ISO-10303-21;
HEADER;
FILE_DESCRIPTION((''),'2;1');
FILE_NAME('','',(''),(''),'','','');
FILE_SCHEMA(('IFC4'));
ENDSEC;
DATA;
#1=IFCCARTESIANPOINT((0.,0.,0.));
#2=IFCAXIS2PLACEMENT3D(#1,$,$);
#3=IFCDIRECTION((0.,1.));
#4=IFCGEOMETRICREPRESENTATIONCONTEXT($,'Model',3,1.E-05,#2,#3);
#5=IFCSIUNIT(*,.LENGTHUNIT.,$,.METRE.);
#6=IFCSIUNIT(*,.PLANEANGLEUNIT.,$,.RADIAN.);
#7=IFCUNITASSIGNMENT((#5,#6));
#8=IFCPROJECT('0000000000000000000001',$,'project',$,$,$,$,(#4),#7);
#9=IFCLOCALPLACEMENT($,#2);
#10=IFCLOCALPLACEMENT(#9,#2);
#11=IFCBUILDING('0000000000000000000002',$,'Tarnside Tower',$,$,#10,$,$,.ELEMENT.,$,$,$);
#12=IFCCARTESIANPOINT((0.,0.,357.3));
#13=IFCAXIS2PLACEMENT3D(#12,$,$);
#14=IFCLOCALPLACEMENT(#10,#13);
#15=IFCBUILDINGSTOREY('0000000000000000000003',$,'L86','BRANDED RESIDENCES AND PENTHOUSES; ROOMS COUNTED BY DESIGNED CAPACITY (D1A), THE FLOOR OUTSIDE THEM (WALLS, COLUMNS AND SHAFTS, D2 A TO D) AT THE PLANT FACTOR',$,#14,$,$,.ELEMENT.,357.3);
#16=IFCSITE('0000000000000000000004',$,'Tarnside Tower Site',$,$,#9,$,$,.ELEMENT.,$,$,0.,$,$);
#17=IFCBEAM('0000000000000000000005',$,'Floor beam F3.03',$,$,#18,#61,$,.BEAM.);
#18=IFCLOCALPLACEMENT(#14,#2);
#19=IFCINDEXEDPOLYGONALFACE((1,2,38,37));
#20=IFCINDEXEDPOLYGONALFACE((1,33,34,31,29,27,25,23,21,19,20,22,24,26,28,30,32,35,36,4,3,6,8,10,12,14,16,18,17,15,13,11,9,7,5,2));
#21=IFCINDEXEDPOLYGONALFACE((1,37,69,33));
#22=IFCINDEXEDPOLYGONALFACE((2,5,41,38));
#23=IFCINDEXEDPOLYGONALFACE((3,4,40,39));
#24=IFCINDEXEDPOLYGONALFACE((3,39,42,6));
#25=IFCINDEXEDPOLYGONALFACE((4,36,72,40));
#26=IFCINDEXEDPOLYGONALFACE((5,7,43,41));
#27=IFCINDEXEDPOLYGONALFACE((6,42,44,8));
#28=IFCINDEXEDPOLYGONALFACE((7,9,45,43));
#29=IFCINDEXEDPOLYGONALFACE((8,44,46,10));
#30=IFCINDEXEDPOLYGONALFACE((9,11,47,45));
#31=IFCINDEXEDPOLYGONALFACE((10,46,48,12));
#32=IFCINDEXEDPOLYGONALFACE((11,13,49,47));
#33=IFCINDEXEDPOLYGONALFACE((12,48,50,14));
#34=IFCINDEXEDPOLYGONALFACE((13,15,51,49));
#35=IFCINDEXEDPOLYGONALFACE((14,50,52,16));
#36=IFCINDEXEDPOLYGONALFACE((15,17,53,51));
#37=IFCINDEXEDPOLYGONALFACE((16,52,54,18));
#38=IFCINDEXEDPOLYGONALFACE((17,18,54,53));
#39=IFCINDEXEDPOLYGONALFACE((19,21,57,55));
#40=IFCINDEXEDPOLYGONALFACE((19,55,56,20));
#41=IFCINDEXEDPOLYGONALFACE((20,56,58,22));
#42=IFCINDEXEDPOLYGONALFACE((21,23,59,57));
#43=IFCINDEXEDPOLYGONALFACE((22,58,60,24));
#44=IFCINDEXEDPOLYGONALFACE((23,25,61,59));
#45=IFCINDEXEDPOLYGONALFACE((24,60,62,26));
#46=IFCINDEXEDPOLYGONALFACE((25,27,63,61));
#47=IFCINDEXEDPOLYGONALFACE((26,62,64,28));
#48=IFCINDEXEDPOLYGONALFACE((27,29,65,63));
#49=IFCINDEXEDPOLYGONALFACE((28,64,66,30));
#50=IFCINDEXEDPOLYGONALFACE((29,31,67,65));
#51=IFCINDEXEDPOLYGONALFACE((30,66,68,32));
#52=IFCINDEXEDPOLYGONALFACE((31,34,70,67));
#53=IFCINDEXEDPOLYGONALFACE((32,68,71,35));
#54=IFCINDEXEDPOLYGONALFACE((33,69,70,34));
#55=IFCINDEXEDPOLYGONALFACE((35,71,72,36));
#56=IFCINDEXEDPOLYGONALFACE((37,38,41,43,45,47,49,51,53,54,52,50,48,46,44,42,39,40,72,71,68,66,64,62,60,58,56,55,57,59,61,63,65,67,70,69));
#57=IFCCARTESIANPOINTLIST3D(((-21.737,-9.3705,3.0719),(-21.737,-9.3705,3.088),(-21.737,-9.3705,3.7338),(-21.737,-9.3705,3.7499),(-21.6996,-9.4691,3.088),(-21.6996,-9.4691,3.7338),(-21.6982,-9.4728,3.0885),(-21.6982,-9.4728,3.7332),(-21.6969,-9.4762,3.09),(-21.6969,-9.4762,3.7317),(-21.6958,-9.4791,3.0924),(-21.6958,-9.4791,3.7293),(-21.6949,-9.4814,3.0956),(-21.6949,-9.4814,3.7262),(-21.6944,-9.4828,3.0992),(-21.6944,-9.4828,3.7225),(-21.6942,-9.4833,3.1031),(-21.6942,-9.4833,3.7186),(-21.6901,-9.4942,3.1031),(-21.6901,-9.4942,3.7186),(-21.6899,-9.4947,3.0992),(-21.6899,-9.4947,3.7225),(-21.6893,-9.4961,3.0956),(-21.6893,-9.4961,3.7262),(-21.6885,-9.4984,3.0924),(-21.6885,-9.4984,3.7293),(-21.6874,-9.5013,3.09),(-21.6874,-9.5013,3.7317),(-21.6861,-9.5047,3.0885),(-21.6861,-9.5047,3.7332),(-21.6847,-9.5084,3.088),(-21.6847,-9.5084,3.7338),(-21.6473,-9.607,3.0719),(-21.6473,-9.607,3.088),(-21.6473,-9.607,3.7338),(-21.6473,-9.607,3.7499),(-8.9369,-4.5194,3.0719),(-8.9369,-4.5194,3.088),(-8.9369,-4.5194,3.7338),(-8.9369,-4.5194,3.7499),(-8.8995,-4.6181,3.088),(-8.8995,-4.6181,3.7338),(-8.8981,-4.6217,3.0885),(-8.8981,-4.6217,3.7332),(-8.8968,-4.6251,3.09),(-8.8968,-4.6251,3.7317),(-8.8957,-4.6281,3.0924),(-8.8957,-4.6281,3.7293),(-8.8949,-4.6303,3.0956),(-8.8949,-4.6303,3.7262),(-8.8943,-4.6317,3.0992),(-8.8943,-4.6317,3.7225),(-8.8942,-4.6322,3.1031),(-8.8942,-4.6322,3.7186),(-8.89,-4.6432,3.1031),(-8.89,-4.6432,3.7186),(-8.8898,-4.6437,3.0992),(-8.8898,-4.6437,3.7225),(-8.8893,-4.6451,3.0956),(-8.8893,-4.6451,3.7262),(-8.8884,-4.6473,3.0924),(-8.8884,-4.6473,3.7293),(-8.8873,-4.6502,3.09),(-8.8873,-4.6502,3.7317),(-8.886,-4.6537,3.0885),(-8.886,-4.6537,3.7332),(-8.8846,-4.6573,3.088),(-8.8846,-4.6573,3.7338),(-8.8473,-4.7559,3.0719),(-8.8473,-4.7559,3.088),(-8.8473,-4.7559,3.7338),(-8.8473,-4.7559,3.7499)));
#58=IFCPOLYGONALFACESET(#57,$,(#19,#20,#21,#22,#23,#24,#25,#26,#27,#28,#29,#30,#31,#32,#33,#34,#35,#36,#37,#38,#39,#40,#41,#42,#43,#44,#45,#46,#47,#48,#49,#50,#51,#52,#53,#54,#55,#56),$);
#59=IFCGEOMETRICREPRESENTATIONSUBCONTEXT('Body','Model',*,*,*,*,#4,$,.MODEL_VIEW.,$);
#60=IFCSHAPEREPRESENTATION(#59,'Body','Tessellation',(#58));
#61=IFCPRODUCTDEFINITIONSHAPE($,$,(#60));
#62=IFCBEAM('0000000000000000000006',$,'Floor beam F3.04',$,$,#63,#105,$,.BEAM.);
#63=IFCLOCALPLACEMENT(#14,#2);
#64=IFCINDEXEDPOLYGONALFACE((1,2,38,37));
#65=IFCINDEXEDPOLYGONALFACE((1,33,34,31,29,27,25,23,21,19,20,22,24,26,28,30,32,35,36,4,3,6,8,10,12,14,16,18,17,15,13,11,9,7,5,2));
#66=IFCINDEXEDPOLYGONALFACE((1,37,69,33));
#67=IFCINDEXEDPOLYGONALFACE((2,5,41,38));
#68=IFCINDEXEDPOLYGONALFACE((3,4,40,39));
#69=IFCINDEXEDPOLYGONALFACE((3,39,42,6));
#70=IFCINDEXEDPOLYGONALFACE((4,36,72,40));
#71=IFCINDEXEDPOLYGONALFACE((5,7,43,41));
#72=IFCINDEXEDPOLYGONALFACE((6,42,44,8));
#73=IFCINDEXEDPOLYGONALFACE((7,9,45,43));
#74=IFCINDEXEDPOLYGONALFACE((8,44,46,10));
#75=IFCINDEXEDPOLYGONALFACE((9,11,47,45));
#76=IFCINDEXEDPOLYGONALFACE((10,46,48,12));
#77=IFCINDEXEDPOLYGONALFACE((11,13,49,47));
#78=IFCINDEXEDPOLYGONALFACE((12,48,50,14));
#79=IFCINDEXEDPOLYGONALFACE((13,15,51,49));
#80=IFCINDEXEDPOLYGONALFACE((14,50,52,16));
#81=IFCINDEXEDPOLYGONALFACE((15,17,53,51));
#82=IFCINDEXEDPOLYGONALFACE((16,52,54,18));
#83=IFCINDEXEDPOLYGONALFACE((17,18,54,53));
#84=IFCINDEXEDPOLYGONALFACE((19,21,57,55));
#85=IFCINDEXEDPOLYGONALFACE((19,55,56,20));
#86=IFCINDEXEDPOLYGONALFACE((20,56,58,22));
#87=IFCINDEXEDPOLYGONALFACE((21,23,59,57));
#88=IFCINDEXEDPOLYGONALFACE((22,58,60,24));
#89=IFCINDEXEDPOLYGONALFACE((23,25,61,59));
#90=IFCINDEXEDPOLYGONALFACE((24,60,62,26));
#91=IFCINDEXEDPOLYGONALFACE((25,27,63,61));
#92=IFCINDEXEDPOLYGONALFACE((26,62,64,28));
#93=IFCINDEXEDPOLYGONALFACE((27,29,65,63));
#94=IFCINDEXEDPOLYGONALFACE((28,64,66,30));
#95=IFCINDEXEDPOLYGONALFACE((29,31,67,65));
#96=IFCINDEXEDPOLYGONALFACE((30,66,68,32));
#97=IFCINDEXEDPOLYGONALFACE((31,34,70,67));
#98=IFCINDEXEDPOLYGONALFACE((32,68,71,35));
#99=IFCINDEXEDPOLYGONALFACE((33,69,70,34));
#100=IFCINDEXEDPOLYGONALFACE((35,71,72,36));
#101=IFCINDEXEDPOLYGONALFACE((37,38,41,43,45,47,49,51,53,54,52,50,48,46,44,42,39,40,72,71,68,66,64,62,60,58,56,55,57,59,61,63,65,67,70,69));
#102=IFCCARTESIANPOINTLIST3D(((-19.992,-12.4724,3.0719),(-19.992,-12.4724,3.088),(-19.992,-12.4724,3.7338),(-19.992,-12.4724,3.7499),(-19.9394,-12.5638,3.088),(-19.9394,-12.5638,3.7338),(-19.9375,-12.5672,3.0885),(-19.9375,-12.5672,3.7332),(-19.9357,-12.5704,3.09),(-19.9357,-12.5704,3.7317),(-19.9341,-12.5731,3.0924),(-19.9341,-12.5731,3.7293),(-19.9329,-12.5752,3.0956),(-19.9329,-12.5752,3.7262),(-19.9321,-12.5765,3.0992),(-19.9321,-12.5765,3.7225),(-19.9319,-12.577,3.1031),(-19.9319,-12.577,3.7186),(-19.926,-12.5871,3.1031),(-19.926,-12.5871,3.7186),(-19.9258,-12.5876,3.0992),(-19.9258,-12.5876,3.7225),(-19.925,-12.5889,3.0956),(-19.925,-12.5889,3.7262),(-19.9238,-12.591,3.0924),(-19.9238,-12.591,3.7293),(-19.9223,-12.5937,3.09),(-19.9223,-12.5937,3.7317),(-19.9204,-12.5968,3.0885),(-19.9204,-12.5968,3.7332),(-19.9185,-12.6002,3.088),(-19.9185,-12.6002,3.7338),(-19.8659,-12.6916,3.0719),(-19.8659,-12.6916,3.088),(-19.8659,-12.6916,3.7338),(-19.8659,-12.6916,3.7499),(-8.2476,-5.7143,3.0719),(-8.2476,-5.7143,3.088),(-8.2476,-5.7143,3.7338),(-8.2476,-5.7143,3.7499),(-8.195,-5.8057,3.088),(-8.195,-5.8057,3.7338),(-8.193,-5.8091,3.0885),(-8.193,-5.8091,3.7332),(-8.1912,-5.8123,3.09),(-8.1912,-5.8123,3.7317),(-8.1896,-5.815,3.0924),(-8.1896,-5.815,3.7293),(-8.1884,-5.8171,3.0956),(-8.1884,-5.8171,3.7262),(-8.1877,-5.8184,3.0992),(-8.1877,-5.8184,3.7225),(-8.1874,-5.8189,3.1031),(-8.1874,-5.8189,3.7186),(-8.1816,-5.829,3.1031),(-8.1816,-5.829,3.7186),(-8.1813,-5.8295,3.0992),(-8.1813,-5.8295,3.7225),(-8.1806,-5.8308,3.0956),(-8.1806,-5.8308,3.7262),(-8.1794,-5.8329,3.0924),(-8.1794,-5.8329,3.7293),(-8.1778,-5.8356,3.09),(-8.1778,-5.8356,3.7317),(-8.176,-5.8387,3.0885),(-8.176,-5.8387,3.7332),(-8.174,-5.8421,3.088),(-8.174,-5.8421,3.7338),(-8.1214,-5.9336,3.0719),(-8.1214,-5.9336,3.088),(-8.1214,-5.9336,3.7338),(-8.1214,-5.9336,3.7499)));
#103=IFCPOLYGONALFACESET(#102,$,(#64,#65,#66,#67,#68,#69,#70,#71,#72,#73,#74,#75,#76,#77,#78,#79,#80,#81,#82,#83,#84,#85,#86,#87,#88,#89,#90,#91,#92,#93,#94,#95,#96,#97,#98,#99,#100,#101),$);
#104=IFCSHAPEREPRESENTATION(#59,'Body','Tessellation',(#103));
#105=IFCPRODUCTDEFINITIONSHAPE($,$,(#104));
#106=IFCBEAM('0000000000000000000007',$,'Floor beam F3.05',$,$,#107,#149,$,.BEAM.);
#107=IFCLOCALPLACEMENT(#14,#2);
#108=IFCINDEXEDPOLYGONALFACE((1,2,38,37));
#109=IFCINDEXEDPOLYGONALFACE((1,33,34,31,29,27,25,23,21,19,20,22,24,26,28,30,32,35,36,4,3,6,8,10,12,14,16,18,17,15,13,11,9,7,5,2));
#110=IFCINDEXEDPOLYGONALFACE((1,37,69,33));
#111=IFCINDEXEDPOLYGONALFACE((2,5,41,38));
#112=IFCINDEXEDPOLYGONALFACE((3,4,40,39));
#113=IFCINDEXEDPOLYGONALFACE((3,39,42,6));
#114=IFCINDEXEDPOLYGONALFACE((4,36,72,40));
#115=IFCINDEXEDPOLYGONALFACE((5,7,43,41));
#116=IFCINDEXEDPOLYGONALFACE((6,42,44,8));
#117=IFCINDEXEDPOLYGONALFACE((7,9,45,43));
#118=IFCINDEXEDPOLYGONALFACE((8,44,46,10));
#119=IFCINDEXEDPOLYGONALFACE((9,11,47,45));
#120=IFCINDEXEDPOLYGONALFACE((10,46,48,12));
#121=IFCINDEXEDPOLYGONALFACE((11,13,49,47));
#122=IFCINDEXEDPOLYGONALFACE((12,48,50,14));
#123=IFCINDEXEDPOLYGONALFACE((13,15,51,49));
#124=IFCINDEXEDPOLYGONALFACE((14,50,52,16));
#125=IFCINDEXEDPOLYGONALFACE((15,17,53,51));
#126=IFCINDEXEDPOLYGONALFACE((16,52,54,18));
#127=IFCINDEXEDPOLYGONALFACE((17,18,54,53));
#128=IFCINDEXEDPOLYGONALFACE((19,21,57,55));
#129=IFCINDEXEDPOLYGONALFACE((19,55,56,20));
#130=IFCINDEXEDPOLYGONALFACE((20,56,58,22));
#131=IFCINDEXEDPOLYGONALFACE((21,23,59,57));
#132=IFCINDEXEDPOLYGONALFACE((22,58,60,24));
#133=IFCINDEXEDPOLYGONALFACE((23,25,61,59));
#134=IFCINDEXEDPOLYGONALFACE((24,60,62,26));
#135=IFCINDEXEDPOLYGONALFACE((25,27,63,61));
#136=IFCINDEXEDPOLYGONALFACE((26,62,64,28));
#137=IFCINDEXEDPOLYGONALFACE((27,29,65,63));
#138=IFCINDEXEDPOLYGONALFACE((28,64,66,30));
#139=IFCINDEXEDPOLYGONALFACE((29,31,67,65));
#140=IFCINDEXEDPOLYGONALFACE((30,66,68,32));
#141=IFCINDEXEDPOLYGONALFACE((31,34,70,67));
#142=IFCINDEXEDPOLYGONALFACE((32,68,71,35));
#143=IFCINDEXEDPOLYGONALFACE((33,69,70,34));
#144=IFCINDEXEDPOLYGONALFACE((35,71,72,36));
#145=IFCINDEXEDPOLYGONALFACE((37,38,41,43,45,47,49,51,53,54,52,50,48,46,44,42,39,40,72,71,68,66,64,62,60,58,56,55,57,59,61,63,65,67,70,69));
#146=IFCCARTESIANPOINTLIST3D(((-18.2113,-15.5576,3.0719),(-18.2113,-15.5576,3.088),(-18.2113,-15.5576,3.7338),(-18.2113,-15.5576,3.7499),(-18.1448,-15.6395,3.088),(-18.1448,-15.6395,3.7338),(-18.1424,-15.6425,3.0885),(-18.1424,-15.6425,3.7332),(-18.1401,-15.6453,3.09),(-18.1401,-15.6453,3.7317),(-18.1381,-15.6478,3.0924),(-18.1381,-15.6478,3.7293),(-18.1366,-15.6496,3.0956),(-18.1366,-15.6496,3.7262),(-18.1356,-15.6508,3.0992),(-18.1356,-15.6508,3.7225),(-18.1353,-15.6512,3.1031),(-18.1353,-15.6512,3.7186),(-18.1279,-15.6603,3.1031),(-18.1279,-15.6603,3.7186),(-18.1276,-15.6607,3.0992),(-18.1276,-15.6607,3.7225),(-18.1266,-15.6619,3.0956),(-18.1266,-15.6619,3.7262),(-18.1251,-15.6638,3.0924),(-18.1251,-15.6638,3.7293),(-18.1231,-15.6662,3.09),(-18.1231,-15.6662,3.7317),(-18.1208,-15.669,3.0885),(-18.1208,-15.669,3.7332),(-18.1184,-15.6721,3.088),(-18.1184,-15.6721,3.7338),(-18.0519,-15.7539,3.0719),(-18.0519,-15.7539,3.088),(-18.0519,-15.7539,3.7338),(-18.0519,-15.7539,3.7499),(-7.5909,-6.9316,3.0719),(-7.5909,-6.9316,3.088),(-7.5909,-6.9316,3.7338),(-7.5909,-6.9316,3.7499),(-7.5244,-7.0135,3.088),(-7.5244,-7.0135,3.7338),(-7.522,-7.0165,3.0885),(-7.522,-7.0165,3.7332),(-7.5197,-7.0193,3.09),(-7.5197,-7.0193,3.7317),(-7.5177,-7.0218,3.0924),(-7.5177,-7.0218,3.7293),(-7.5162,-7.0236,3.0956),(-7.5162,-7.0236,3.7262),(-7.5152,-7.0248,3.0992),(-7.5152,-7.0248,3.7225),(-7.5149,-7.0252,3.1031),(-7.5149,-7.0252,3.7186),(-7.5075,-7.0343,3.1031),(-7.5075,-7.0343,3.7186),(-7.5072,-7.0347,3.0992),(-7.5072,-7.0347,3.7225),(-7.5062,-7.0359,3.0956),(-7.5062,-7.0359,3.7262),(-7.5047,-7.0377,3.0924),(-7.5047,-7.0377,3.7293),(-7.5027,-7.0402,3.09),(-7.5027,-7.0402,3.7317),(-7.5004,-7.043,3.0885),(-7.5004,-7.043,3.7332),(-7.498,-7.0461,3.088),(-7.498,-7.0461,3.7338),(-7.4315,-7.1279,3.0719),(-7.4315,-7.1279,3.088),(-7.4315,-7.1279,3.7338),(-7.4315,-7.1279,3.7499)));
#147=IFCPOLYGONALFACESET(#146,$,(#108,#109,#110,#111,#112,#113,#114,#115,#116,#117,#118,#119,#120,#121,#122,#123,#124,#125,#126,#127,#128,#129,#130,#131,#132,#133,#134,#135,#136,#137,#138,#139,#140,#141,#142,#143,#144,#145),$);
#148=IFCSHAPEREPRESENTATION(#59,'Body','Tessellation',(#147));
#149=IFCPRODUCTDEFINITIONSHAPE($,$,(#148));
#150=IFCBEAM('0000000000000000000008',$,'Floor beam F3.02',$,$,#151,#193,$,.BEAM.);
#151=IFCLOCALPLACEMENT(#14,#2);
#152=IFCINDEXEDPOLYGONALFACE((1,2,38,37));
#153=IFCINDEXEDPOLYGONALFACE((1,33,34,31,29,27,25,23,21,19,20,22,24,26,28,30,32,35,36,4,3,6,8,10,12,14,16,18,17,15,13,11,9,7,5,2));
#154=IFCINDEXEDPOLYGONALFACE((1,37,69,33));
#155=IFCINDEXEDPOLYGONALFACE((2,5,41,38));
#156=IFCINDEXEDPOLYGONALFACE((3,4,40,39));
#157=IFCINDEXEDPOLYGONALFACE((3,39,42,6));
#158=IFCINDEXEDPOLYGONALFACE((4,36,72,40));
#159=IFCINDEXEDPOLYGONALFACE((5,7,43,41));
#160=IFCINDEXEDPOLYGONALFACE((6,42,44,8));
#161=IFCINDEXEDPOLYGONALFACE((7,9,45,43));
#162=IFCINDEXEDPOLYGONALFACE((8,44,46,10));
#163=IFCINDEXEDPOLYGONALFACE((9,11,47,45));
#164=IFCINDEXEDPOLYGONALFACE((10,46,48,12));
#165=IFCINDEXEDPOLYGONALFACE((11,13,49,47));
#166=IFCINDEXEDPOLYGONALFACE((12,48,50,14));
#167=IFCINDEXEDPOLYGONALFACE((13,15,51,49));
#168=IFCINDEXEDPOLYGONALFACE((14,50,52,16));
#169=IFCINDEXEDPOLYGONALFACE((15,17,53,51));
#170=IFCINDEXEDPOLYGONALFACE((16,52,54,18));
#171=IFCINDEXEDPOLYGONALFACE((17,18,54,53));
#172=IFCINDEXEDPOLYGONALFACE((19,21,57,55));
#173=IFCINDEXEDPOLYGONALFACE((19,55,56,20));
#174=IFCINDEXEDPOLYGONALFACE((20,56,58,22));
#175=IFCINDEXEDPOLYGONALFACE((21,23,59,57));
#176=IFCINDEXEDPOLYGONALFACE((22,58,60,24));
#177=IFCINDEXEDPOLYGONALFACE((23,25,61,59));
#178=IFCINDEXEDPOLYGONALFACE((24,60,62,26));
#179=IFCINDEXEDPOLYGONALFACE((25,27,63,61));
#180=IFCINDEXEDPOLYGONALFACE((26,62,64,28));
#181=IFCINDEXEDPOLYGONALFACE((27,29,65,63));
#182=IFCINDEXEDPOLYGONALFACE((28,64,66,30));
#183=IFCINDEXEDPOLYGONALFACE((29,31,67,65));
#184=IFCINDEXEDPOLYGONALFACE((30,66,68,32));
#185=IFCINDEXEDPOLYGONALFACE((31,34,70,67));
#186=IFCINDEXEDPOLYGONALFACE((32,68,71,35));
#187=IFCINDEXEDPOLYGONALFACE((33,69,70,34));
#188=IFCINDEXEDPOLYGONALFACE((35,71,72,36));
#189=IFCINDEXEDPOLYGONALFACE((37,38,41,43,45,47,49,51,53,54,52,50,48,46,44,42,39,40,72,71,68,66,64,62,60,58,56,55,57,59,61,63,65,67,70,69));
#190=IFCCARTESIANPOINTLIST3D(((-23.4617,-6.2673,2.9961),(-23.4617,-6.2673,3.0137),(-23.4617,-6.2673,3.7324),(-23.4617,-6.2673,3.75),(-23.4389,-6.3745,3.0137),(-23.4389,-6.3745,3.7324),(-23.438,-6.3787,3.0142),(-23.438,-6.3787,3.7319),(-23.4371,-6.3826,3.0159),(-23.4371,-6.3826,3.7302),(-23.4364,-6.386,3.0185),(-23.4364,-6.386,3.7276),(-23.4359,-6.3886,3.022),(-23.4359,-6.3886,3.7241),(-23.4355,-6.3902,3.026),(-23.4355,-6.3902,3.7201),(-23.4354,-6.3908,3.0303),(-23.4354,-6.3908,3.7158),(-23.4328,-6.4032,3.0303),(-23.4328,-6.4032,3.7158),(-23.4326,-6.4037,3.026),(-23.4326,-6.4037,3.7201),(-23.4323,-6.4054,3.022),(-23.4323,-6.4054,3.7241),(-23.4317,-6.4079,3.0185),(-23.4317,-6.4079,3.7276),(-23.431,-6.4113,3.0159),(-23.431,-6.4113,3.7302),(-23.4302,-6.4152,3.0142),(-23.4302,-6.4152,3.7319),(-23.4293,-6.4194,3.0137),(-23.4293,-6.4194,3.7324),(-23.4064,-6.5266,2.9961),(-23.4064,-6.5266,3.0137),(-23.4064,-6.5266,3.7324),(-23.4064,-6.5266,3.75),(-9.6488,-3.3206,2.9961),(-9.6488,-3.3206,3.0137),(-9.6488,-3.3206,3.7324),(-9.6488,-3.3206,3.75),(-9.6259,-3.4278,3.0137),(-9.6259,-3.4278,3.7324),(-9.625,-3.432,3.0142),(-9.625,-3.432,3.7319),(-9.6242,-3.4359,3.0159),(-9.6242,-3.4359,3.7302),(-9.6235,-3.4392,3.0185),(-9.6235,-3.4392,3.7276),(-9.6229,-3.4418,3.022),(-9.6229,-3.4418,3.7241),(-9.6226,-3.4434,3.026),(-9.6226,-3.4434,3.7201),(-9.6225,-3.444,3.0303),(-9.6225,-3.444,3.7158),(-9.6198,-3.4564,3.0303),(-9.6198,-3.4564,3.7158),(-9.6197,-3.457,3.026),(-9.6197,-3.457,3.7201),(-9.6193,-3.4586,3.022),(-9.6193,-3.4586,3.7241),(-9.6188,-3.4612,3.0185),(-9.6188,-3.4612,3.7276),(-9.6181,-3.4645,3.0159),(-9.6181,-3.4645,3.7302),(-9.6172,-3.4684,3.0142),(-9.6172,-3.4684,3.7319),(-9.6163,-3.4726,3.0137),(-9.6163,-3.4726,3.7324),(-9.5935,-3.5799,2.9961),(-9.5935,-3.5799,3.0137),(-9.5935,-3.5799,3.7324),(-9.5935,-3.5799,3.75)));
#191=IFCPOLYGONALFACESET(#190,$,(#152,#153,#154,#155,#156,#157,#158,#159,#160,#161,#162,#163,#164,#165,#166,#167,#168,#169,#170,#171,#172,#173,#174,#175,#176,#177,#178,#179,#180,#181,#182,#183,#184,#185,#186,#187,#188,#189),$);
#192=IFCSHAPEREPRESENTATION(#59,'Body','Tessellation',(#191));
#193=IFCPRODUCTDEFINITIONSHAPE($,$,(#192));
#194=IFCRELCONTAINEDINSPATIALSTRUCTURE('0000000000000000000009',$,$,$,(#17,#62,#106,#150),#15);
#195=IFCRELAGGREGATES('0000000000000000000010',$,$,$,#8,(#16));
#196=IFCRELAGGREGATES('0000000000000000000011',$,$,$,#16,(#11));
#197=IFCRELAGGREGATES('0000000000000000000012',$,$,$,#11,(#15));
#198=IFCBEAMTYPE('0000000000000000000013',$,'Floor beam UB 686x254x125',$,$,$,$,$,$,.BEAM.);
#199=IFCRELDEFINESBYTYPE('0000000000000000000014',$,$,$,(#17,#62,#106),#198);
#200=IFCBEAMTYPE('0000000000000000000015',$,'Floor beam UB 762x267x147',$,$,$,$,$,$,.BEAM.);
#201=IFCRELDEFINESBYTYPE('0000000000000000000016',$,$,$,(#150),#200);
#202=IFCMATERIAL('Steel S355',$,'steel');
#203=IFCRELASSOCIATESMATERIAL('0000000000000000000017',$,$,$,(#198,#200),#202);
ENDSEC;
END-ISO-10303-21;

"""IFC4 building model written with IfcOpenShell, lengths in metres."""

from ifc_helpers import new_model, si_unit, direction, frame, origin, origin_2d, place, context, subcontext, project, spatial, i_section, extrude, material, material_profile, profile_set, type_object, element, save


model = new_model("IFC4")

# Units and contexts
model_context = context("Model", 3, precision=1e-05, world=origin(), true_north=direction((0.0, 1.0)))
body_context = subcontext(model_context, "Body", "Model", "MODEL_VIEW")
ifc_project = project(units=[si_unit("LENGTHUNIT", "METRE"), si_unit("PLANEANGLEUNIT", "RADIAN")], contexts=[model_context])

# Site, building, storey
site_placement = place(None, origin())
site = spatial("IfcSite", under=ifc_project, at=site_placement, Name="Tarnside Tower Site", CompositionType="ELEMENT", RefElevation=0.0)
building_placement = place(site_placement, origin())
building = spatial("IfcBuilding", under=site, at=building_placement, Name="Tarnside Tower", CompositionType="ELEMENT")
storey_placement = place(building_placement, frame((0.0, 0.0, 357.3)))
storey = spatial("IfcBuildingStorey", under=building, at=storey_placement, Name="L86", Description="BRANDED RESIDENCES AND PENTHOUSES; ROOMS COUNTED BY DESIGNED CAPACITY (D1A), THE FLOOR OUTSIDE THEM (WALLS, COLUMNS AND SHAFTS, D2 A TO D) AT THE PLANT FACTOR", CompositionType="ELEMENT", Elevation=357.3)

# Beams
ifc_material_1 = material(Name="Steel S355", Category="steel")
ifc_material_profile_1 = material_profile(ifc_material_1, i_section(OverallWidth=0.2529, OverallDepth=0.678, WebThickness=0.0117, FlangeThickness=0.0161, FilletRadius=0.0151, at=origin_2d()), Name="UB 686x254x125")
ifc_profile_set_1 = profile_set([ifc_material_profile_1], Name="Steel S355")
beam_type_1 = type_object("IfcBeamType", Name="Floor beam UB 686x254x125", PredefinedType="BEAM", material=ifc_profile_set_1)
beam_1_placement = place(storey_placement, frame((-21.6921, -9.4888, 3.4109), z_axis=(0.935097, 0.354391, 0.0), x_axis=(-0.354391, 0.935097, 0.0)))
element("IfcBeam", 1, at=beam_1_placement, inside=storey, type_object=beam_type_1, Name="Floor beam F3.03", PredefinedType="BEAM", context=body_context, shape_type="SweptSolid", body=[
    extrude(i_section(OverallWidth=0.2529, OverallDepth=0.678, WebThickness=0.0117, FlangeThickness=0.0161, FilletRadius=0.0151, at=origin_2d()), origin(), (0.0, 0.0, 1.0), 13.6885),
])
beam_2_placement = place(storey_placement, frame((-19.929, -12.582, 3.4109), z_axis=(0.866746, 0.49875, 0.0), x_axis=(-0.49875, 0.866746, 0.0)))
element("IfcBeam", 2, at=beam_2_placement, inside=storey, type_object=beam_type_1, Name="Floor beam F3.04", PredefinedType="BEAM", context=body_context, shape_type="SweptSolid", body=[
    extrude(i_section(OverallWidth=0.2529, OverallDepth=0.678, WebThickness=0.0117, FlangeThickness=0.0161, FilletRadius=0.0151, at=origin_2d()), origin(), (0.0, 0.0, 1.0), 13.55),
])
beam_3_placement = place(storey_placement, frame((-18.1316, -15.6558, 3.4109), z_axis=(0.776224, 0.630458, 0.0), x_axis=(-0.630458, 0.776224, 0.0)))
element("IfcBeam", 3, at=beam_3_placement, inside=storey, type_object=beam_type_1, Name="Floor beam F3.05", PredefinedType="BEAM", context=body_context, shape_type="SweptSolid", body=[
    extrude(i_section(OverallWidth=0.2529, OverallDepth=0.678, WebThickness=0.0117, FlangeThickness=0.0161, FilletRadius=0.0151, at=origin_2d()), origin(), (0.0, 0.0, 1.0), 13.6821),
])
ifc_material_profile_2 = material_profile(ifc_material_1, i_section(OverallWidth=0.2651, OverallDepth=0.7539, WebThickness=0.0127, FlangeThickness=0.0176, FilletRadius=0.0166, at=origin_2d()), Name="UB 762x267x147")
ifc_profile_set_2 = profile_set([ifc_material_profile_2], Name="Steel S355")
beam_type_2 = type_object("IfcBeamType", Name="Floor beam UB 762x267x147", PredefinedType="BEAM", material=ifc_profile_set_2)
beam_4_placement = place(storey_placement, frame((-23.4341, -6.397, 3.373), z_axis=(0.977993, 0.208639, 0.0), x_axis=(-0.208639, 0.977993, 0.0)))
element("IfcBeam", 4, at=beam_4_placement, inside=storey, type_object=beam_type_2, Name="Floor beam F3.02", PredefinedType="BEAM", context=body_context, shape_type="SweptSolid", body=[
    extrude(i_section(OverallWidth=0.2651, OverallDepth=0.7539, WebThickness=0.0127, FlangeThickness=0.0176, FilletRadius=0.0166, at=origin_2d()), origin(), (0.0, 0.0, 1.0), 14.1238),
])

save(model, "model.ifc")
